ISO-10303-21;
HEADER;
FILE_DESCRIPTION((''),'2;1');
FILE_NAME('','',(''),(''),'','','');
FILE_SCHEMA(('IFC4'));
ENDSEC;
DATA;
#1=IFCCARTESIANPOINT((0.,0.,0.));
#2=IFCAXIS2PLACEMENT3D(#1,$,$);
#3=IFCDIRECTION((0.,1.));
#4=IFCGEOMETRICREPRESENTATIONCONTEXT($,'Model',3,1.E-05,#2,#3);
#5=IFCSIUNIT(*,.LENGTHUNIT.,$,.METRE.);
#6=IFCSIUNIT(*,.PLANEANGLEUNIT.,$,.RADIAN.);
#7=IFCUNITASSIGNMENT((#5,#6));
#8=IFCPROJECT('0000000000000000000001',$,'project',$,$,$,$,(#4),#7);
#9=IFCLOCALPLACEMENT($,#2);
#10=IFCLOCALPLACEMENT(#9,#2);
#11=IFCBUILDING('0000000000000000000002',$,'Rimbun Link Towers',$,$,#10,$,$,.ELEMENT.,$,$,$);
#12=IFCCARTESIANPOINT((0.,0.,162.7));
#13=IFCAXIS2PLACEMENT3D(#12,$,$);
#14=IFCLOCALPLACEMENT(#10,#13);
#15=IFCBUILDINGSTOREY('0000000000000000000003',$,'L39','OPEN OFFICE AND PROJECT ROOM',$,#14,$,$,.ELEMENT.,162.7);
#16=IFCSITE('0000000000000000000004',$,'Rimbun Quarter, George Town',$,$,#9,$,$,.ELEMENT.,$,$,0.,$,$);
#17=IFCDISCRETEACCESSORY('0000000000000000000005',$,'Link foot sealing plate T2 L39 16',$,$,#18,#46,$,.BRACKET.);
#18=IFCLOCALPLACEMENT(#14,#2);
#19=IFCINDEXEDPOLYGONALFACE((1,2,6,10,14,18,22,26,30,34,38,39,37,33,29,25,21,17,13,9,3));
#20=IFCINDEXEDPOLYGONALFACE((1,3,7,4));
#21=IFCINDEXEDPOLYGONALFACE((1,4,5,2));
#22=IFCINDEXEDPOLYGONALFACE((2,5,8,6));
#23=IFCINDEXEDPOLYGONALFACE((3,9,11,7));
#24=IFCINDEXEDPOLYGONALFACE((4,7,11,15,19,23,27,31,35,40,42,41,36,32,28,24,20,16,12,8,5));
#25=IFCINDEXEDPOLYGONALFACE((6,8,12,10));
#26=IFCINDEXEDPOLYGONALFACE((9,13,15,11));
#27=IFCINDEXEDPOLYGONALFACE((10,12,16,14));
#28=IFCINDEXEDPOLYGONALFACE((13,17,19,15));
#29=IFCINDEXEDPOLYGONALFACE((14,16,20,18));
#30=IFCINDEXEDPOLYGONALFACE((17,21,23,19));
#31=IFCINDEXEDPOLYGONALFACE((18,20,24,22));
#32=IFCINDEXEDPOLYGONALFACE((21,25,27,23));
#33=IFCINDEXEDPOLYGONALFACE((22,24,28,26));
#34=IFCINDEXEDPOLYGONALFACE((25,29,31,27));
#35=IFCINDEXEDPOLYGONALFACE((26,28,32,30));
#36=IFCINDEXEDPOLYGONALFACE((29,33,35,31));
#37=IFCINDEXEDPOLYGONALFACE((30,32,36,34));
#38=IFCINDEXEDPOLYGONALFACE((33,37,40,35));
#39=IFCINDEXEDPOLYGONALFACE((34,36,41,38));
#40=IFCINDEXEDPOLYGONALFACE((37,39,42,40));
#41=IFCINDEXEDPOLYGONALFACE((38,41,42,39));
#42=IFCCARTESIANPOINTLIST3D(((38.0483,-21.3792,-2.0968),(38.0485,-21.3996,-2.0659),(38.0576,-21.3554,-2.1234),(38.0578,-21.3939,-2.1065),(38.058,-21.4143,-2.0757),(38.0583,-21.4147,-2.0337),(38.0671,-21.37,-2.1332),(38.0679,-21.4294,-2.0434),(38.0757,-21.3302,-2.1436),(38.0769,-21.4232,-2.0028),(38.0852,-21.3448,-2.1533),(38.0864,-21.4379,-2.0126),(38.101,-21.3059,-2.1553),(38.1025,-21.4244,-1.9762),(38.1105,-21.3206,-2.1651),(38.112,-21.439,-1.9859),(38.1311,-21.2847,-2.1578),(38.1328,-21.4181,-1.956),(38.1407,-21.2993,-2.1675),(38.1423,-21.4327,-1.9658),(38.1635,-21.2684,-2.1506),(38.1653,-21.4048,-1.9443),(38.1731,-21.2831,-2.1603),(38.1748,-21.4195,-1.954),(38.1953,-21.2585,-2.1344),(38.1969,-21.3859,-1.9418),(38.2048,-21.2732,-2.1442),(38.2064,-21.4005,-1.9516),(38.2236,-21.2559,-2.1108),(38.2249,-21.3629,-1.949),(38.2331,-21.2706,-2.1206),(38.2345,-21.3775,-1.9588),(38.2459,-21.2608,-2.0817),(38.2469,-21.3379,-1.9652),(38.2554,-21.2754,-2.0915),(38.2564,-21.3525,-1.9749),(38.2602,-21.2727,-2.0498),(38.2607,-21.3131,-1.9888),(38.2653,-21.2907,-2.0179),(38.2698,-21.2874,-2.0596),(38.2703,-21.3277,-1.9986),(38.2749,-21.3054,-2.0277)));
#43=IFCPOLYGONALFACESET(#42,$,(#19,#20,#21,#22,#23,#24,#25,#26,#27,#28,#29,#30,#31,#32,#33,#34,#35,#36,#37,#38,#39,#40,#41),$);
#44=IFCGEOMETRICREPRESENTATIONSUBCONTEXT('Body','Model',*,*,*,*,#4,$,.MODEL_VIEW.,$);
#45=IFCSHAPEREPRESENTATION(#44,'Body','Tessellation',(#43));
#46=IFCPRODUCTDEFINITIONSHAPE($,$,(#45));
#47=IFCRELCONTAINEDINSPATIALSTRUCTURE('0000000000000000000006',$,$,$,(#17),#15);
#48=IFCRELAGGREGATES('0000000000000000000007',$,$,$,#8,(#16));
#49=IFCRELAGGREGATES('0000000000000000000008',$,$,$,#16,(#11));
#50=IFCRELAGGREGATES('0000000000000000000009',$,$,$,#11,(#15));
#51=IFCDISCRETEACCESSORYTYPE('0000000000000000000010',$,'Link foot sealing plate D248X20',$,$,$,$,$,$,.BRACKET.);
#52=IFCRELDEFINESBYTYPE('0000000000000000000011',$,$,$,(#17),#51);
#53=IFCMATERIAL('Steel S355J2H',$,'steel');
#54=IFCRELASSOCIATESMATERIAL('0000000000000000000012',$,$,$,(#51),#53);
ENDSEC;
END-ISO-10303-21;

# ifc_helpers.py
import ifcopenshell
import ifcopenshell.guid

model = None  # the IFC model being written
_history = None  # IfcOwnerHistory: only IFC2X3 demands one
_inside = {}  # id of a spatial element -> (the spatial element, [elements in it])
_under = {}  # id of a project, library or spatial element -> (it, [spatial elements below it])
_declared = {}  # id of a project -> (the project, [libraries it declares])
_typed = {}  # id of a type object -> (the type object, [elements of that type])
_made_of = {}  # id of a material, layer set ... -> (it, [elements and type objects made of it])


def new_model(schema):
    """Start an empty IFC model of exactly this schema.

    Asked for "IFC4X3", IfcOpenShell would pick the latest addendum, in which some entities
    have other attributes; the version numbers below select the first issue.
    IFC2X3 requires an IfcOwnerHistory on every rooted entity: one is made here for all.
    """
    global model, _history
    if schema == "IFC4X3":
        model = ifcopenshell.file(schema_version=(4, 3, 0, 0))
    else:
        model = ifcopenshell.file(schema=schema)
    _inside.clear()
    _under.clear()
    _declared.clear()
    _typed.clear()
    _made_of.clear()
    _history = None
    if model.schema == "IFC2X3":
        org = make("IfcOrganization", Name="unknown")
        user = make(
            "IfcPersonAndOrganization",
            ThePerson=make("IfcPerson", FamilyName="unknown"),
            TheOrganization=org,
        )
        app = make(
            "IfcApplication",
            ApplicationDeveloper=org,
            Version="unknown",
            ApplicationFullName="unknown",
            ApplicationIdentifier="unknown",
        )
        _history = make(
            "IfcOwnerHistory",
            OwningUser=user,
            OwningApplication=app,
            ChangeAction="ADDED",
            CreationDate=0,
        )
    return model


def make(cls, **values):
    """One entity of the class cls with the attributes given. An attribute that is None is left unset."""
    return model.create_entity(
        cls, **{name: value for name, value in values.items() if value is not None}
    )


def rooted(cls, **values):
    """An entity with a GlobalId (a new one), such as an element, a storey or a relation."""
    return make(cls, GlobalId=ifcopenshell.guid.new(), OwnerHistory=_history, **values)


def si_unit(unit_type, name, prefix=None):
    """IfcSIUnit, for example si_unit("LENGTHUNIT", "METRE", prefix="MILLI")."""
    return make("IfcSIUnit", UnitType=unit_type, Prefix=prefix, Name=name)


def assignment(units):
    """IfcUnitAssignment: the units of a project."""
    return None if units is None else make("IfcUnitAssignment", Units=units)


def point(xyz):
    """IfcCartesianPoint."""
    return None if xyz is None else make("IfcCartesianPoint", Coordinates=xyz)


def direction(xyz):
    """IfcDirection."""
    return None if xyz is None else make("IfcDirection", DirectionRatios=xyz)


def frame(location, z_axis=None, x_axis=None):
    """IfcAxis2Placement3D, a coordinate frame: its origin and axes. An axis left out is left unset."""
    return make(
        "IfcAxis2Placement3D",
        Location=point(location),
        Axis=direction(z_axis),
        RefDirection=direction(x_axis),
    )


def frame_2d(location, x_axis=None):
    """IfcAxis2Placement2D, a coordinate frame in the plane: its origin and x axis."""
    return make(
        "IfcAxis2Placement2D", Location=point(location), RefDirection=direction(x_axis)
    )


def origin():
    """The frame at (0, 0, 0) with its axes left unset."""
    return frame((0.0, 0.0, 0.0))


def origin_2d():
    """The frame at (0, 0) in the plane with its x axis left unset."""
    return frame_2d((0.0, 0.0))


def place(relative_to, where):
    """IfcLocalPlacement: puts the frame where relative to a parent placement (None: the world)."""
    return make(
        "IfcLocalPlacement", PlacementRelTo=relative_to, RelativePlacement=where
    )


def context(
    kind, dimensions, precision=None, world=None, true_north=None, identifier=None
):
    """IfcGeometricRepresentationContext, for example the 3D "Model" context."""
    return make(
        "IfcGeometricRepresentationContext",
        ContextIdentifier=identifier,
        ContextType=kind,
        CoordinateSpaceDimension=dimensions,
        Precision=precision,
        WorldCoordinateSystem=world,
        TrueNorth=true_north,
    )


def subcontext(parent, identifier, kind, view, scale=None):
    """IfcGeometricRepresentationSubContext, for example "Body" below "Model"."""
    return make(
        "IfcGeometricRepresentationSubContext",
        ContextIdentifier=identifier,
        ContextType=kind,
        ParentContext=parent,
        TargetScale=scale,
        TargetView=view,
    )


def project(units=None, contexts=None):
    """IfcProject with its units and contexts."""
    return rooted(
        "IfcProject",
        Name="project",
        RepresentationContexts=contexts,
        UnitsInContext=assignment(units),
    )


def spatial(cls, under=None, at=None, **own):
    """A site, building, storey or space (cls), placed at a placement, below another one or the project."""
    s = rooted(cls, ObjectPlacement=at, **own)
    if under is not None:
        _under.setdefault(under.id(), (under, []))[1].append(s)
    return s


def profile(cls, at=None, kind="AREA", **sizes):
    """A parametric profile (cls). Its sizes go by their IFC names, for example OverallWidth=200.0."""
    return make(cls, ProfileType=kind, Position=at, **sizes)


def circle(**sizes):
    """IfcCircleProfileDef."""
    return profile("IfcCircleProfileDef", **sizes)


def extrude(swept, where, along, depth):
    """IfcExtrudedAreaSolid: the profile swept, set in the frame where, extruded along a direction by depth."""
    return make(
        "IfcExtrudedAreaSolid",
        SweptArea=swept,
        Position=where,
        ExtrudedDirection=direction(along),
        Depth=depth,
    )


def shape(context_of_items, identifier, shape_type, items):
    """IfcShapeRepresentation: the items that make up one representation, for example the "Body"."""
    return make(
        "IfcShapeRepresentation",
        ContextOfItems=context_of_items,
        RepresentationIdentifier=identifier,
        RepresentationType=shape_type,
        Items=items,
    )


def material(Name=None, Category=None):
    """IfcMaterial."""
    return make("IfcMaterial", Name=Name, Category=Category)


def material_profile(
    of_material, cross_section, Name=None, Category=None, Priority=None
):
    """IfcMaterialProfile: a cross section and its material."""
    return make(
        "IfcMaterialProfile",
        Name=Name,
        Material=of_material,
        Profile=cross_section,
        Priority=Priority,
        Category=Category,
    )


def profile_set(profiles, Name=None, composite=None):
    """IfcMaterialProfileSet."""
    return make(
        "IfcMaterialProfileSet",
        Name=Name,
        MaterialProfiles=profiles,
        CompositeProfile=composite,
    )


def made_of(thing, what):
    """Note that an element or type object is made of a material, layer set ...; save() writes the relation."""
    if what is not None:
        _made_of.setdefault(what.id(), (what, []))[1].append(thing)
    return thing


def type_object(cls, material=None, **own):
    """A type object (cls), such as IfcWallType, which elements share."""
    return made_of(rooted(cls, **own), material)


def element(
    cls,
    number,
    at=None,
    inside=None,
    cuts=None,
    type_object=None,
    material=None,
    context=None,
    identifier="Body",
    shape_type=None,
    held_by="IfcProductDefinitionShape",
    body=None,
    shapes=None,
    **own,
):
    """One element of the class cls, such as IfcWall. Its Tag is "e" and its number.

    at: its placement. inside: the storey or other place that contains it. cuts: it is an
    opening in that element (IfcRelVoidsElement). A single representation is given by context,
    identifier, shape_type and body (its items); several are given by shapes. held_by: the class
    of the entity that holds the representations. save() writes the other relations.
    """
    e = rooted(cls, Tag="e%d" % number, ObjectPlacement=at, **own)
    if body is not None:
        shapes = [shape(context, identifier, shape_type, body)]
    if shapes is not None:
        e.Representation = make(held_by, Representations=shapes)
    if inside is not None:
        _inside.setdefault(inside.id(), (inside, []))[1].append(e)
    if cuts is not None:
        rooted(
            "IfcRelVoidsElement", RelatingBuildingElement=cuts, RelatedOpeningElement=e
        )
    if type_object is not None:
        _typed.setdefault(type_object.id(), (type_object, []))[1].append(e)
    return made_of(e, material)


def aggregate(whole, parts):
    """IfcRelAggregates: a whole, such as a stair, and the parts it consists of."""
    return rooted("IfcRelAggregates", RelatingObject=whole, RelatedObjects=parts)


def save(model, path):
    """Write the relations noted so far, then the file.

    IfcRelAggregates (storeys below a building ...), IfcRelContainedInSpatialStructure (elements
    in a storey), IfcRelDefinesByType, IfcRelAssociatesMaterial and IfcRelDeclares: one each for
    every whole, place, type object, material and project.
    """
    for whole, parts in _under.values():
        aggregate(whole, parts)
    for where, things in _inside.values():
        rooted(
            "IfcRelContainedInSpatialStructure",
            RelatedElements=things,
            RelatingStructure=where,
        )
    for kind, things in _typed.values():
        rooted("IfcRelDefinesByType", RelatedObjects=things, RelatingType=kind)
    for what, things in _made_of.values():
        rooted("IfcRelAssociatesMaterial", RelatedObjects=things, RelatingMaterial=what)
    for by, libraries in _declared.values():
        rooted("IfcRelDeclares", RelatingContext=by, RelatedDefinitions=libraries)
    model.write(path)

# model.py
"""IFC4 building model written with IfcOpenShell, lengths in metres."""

from ifc_helpers import new_model, si_unit, direction, frame, origin, origin_2d, place, context, subcontext, project, spatial, circle, extrude, material, material_profile, profile_set, type_object, element, save


model = new_model("IFC4")

# Units and contexts
model_context = context("Model", 3, precision=1e-05, world=origin(), true_north=direction((0.0, 1.0)))
body_context = subcontext(model_context, "Body", "Model", "MODEL_VIEW")
ifc_project = project(units=[si_unit("LENGTHUNIT", "METRE"), si_unit("PLANEANGLEUNIT", "RADIAN")], contexts=[model_context])

# Site, building, storey
site_placement = place(None, origin())
site = spatial("IfcSite", under=ifc_project, at=site_placement, Name="Rimbun Quarter, George Town", CompositionType="ELEMENT", RefElevation=0.0)
building_placement = place(site_placement, origin())
building = spatial("IfcBuilding", under=site, at=building_placement, Name="Rimbun Link Towers", CompositionType="ELEMENT")
storey_placement = place(building_placement, frame((0.0, 0.0, 162.7)))
storey = spatial("IfcBuildingStorey", under=building, at=storey_placement, Name="L39", Description="OPEN OFFICE AND PROJECT ROOM", CompositionType="ELEMENT", Elevation=162.7)

# Discrete accessory
ifc_material_1 = material(Name="Steel S355J2H", Category="steel")
ifc_material_profile_1 = material_profile(ifc_material_1, circle(Radius=0.124, at=origin_2d()), Name="PL D248")
ifc_profile_set_1 = profile_set([ifc_material_profile_1], Name="Steel S355J2H")
discrete_accessory_type = type_object("IfcDiscreteAccessoryType", Name="Link foot sealing plate D248X20", PredefinedType="BRACKET", material=ifc_profile_set_1)
discrete_accessory_placement = place(storey_placement, frame((38.1562, -21.3403, -2.0498), z_axis=(0.475716, -0.731871, -0.487914), x_axis=(0.838444, 0.544988, 0.0)))
element("IfcDiscreteAccessory", 1, at=discrete_accessory_placement, inside=storey, type_object=discrete_accessory_type, Name="Link foot sealing plate T2 L39 16", PredefinedType="BRACKET", context=body_context, shape_type="SweptSolid", body=[
    extrude(circle(Radius=0.124, at=origin_2d()), origin(), (0.0, 0.0, 1.0), 0.02),
])

save(model, "model.ifc")
